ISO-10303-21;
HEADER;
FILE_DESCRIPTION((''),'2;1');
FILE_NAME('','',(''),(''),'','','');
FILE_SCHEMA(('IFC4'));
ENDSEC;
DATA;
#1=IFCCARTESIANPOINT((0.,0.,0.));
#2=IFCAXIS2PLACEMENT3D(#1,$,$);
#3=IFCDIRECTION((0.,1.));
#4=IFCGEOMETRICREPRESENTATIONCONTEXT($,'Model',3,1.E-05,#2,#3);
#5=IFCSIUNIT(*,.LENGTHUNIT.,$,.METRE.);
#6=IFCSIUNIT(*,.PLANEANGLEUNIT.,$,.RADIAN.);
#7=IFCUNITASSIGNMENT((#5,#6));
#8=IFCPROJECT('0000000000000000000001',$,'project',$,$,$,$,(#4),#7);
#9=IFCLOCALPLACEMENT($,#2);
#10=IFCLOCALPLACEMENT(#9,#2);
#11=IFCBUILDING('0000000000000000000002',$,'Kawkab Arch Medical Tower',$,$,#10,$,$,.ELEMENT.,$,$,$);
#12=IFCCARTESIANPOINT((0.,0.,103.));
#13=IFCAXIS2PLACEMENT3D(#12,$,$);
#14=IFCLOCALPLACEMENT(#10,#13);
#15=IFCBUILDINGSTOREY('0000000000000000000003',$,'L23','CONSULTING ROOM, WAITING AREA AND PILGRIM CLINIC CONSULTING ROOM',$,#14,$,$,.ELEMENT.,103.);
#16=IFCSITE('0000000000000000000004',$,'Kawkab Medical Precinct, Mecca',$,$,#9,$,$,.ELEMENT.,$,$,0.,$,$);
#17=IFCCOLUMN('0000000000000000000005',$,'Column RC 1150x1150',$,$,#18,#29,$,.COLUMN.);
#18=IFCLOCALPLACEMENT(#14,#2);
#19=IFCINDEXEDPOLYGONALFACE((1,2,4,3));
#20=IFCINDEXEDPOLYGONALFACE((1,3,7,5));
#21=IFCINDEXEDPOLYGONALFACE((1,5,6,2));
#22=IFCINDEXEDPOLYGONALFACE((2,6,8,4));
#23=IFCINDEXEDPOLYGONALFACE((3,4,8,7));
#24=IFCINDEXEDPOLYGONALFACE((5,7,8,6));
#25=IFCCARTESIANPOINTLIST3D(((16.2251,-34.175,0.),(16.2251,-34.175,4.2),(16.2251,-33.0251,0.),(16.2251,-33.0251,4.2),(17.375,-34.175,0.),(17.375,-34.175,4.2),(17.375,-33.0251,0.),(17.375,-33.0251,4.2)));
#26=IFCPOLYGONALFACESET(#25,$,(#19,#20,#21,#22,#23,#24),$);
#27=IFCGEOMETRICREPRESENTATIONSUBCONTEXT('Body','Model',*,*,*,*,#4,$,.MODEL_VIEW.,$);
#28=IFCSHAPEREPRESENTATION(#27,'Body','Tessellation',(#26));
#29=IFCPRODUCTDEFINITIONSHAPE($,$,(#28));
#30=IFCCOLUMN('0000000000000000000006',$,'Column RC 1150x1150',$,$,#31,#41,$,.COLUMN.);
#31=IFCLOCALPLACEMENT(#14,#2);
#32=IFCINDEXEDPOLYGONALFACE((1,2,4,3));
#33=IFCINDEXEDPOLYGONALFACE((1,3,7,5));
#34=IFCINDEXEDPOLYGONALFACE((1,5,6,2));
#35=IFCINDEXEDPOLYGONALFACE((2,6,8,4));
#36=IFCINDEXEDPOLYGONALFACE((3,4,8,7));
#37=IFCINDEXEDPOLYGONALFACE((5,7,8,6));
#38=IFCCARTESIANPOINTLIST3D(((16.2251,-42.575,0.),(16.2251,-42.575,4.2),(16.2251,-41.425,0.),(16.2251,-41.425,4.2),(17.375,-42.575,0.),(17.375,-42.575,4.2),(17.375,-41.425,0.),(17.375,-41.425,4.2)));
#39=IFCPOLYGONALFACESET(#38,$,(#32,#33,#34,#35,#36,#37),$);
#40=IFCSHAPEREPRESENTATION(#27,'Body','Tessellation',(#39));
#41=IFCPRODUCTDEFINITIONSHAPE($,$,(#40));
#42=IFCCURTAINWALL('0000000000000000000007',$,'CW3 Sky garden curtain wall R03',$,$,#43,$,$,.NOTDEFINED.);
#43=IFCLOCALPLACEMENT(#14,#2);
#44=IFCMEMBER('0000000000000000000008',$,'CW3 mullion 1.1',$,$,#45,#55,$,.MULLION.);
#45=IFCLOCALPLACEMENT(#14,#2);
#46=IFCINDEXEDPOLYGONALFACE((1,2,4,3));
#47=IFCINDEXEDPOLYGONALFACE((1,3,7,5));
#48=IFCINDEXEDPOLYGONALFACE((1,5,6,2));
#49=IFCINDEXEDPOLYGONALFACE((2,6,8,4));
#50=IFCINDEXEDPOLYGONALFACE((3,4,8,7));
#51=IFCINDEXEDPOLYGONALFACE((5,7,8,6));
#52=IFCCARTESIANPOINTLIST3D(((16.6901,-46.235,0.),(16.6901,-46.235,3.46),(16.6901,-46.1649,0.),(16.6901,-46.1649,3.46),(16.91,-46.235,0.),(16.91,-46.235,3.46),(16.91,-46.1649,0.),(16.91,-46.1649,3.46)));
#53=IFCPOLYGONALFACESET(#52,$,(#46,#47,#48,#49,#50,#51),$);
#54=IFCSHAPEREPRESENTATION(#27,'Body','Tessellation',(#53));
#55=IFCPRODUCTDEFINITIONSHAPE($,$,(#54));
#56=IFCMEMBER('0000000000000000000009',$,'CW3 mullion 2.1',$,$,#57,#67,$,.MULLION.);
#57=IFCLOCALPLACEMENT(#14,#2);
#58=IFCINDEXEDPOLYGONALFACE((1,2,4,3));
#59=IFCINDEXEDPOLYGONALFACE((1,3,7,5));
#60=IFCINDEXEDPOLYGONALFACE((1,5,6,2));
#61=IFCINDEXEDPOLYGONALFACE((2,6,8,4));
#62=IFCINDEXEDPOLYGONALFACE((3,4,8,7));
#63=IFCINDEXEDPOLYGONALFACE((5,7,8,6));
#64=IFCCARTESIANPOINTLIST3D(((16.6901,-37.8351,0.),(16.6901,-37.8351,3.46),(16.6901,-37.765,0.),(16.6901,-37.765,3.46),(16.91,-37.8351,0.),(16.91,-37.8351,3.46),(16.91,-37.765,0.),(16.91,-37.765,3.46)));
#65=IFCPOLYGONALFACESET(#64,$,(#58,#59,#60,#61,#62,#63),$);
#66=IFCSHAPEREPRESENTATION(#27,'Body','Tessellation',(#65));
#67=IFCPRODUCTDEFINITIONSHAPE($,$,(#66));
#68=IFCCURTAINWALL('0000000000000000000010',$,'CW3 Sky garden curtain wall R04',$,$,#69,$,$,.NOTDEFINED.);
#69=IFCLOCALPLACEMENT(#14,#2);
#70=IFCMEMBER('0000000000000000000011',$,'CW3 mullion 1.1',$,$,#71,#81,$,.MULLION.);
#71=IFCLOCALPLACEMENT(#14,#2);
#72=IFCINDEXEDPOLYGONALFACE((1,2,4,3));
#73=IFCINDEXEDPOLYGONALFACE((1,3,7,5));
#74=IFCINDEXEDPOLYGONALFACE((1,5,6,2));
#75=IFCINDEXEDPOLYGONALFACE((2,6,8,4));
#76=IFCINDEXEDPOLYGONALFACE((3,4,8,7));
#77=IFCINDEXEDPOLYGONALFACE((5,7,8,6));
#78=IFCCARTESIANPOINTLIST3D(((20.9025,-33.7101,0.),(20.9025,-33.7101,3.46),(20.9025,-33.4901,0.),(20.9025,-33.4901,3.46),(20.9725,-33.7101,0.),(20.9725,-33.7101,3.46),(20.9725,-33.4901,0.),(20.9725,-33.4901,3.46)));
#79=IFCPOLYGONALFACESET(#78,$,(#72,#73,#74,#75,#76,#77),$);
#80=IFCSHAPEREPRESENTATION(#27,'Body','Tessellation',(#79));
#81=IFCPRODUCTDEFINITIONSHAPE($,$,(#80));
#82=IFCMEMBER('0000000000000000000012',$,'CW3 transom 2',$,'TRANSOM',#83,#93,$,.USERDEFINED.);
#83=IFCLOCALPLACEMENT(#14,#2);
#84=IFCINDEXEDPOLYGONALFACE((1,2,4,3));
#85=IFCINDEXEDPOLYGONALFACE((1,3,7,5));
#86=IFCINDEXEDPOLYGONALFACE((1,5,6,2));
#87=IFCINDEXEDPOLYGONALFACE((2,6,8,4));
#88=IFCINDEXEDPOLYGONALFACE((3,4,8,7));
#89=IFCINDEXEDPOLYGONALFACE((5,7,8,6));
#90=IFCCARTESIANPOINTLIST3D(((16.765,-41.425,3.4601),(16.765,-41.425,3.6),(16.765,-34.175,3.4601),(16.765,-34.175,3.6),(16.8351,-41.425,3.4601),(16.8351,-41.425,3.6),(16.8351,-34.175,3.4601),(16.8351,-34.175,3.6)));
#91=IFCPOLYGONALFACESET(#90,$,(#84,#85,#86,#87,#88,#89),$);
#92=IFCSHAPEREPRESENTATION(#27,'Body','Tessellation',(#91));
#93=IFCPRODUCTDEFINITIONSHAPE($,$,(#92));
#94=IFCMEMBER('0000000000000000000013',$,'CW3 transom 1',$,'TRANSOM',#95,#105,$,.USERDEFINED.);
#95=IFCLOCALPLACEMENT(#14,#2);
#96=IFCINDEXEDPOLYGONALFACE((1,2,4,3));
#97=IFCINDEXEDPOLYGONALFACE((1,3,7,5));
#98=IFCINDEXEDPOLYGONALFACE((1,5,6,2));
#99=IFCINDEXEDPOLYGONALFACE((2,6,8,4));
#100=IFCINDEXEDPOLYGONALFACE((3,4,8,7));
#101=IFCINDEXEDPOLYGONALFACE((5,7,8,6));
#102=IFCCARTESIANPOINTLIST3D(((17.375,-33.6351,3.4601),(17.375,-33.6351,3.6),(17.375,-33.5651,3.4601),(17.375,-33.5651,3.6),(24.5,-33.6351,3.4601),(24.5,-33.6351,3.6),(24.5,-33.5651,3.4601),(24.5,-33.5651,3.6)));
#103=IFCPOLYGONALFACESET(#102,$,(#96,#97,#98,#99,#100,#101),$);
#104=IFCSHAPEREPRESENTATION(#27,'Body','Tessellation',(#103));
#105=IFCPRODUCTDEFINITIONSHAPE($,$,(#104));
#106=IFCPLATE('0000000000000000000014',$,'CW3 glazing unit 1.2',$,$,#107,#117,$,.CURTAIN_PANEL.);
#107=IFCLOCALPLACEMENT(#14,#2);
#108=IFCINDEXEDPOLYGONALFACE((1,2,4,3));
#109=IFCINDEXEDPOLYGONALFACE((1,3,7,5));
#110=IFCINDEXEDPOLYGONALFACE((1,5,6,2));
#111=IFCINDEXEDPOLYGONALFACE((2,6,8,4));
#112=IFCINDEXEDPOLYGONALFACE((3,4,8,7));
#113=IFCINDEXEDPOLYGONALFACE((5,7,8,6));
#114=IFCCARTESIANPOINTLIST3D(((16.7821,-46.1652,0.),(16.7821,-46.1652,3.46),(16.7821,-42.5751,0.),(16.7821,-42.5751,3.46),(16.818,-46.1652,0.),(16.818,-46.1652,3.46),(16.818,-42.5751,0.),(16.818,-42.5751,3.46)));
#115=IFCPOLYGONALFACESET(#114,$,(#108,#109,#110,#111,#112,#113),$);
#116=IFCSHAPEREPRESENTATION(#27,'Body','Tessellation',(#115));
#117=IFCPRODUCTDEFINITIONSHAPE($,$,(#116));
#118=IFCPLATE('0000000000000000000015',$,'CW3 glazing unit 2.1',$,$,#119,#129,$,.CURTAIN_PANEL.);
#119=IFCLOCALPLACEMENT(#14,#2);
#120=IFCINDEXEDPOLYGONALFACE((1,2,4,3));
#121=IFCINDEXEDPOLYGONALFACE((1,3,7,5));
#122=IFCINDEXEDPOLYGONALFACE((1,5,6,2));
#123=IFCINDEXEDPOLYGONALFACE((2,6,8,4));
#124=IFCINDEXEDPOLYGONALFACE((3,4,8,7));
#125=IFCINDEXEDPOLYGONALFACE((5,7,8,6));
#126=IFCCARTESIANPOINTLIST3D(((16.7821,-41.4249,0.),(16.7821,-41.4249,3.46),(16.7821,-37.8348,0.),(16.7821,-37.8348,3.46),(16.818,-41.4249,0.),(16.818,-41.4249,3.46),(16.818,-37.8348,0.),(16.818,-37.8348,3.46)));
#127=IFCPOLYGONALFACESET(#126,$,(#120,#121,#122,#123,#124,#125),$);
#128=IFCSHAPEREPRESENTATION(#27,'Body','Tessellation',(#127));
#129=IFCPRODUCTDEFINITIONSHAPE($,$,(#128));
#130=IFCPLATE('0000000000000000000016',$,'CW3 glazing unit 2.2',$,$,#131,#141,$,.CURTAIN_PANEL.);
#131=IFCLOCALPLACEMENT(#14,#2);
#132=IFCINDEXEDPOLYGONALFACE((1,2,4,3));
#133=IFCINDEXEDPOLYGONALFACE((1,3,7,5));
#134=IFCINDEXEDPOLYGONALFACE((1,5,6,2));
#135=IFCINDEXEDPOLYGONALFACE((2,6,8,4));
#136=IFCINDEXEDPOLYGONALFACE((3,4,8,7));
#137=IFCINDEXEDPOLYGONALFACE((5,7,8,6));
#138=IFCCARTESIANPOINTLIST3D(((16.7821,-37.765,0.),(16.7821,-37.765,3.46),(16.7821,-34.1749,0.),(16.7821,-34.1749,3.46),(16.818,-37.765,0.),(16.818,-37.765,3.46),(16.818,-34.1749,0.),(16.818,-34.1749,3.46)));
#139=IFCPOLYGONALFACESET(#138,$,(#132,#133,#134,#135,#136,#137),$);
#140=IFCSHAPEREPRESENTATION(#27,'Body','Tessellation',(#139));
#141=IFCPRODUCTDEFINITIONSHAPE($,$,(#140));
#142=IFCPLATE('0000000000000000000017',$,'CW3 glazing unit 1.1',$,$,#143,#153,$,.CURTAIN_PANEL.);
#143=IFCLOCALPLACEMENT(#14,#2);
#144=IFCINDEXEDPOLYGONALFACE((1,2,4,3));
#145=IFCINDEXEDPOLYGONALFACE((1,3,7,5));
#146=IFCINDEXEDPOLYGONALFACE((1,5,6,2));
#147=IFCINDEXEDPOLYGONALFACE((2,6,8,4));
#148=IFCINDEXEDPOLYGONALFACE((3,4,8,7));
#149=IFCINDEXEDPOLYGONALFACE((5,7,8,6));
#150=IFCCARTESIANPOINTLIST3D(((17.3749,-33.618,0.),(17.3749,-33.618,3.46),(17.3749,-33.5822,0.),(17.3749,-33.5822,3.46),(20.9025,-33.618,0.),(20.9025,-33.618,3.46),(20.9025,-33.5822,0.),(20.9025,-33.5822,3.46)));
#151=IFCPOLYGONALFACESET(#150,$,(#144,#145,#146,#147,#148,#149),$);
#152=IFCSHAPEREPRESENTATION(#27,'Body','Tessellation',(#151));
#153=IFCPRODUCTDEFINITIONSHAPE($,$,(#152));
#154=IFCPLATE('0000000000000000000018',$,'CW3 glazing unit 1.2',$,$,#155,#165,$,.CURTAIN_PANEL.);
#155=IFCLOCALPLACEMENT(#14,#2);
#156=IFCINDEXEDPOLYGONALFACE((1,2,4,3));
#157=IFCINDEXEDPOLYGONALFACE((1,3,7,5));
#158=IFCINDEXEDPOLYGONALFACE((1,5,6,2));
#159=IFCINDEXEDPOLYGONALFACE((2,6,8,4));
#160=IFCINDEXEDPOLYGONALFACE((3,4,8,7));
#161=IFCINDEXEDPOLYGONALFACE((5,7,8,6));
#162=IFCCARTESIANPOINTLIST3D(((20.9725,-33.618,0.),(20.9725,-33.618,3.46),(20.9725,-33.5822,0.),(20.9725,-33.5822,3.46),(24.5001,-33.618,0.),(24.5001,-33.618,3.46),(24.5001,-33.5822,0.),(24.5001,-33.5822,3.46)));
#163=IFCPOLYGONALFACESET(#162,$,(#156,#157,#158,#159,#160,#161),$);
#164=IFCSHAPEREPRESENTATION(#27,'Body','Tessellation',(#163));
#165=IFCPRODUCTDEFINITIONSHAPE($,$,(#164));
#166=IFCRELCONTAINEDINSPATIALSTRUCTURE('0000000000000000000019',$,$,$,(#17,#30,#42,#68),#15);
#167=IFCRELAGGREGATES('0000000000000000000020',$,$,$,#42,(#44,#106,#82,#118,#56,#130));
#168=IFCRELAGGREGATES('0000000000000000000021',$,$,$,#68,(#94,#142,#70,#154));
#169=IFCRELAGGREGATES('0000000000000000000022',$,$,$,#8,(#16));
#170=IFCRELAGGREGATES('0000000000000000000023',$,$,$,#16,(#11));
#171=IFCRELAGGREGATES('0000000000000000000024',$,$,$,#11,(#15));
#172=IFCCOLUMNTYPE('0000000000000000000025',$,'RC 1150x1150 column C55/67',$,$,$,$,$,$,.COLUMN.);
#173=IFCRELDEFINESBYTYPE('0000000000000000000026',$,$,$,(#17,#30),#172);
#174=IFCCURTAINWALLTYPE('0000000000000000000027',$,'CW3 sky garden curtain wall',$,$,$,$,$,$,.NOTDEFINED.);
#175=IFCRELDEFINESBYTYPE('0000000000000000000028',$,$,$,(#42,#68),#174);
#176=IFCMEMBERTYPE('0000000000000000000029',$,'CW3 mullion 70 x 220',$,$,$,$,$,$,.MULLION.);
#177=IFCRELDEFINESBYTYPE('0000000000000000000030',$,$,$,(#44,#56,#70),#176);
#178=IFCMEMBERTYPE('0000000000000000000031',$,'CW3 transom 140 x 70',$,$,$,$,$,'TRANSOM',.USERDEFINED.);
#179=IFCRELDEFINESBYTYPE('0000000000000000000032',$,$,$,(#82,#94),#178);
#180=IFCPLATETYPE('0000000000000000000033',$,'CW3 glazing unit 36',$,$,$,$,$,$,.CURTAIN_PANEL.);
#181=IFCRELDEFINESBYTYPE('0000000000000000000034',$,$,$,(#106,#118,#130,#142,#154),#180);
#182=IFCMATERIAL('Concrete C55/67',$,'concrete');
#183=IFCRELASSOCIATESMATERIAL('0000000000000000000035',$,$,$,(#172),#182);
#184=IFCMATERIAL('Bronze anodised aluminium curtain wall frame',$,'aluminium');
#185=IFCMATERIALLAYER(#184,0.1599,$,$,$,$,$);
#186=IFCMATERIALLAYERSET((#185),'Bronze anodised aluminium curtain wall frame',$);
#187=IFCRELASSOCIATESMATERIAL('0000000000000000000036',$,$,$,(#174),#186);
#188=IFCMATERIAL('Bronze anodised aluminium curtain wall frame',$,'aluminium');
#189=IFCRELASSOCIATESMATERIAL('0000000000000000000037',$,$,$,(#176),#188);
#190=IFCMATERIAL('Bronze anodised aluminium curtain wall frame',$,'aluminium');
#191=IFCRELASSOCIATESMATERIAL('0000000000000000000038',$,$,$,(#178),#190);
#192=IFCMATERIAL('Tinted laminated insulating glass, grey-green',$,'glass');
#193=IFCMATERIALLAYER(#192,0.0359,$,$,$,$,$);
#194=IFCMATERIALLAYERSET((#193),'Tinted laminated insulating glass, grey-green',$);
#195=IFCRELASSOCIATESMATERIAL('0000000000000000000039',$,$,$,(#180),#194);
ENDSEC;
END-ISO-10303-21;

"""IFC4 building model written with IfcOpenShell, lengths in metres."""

from ifc_helpers import new_model, si_unit, direction, frame, origin, origin_2d, place, context, subcontext, project, spatial, rectangle, extrude, material, layer, layer_set, material_profile, profile_set, type_object, element, aggregate, save


model = new_model("IFC4")

# Units and contexts
model_context = context("Model", 3, precision=1e-05, world=origin(), true_north=direction((0.0, 1.0)))
body_context = subcontext(model_context, "Body", "Model", "MODEL_VIEW")
ifc_project = project(units=[si_unit("LENGTHUNIT", "METRE"), si_unit("PLANEANGLEUNIT", "RADIAN")], contexts=[model_context])

# Site, building, storey
site_placement = place(None, origin())
site = spatial("IfcSite", under=ifc_project, at=site_placement, Name="Kawkab Medical Precinct, Mecca", CompositionType="ELEMENT", RefElevation=0.0)
building_placement = place(site_placement, origin())
building = spatial("IfcBuilding", under=site, at=building_placement, Name="Kawkab Arch Medical Tower", CompositionType="ELEMENT")
storey_placement = place(building_placement, frame((0.0, 0.0, 103.0)))
storey = spatial("IfcBuildingStorey", under=building, at=storey_placement, Name="L23", Description="CONSULTING ROOM, WAITING AREA AND PILGRIM CLINIC CONSULTING ROOM", CompositionType="ELEMENT", Elevation=103.0)

# Columns
ifc_material_1 = material(Name="Concrete C55/67", Category="concrete")
ifc_material_profile_1 = material_profile(ifc_material_1, rectangle(XDim=1.1499, YDim=1.1499, at=origin_2d()), Name="RC 1150x1150")
ifc_profile_set_1 = profile_set([ifc_material_profile_1], Name="Concrete C55/67")
column_type = type_object("IfcColumnType", Name="RC 1150x1150 column C55/67", PredefinedType="COLUMN", material=ifc_profile_set_1)
for number, where, z_axis, x_axis, name in (
    (1, (16.8, -33.6001, 0.0), (0.0, 0.0, 1.0), (1.0, 0.0, 0.0), "Column RC 1150x1150"),
    (2, (16.8, -42.0, 0.0), (0.0, 0.0, 1.0), (1.0, 0.0, 0.0), "Column RC 1150x1150"),
):
    element("IfcColumn", number, at=place(storey_placement, frame(where, z_axis=z_axis, x_axis=x_axis)), inside=storey, type_object=column_type, Name=name, PredefinedType="COLUMN", context=body_context, shape_type="SweptSolid", body=[
        extrude(rectangle(XDim=1.1499, YDim=1.1499, at=origin_2d()), origin(), (0.0, 0.0, 1.0), 4.2),
    ])

# Curtain wall, members
ifc_material_2 = material(Name="Bronze anodised aluminium curtain wall frame", Category="aluminium")
ifc_layer_1 = layer(ifc_material_2, 0.1599)
ifc_layer_set_1 = layer_set([ifc_layer_1], Name="Bronze anodised aluminium curtain wall frame")
curtain_wall_type = type_object("IfcCurtainWallType", Name="CW3 sky garden curtain wall", PredefinedType="NOTDEFINED", material=ifc_layer_set_1)
placement = place(storey_placement, origin())
curtain_wall_1 = element("IfcCurtainWall", 3, at=placement, inside=storey, type_object=curtain_wall_type, Name="CW3 Sky garden curtain wall R03", PredefinedType="NOTDEFINED")
ifc_material_3 = material(Name="Bronze anodised aluminium curtain wall frame", Category="aluminium")
ifc_material_profile_2 = material_profile(ifc_material_3, rectangle(XDim=0.22, YDim=0.0701, at=origin_2d()), Name="AL 70x220")
ifc_profile_set_2 = profile_set([ifc_material_profile_2], Name="Bronze anodised aluminium curtain wall frame")
member_type_1 = type_object("IfcMemberType", Name="CW3 mullion 70 x 220", PredefinedType="MULLION", material=ifc_profile_set_2)
member_1_placement = place(storey_placement, frame((16.8, -46.2, 0.0), z_axis=(0.0, 0.0, 1.0), x_axis=(-1.0, 0.0, 0.0)))
member_1 = element("IfcMember", 4, at=member_1_placement, type_object=member_type_1, Name="CW3 mullion 1.1", PredefinedType="MULLION", context=body_context, shape_type="SweptSolid", body=[
    extrude(rectangle(XDim=0.22, YDim=0.0701, at=origin_2d()), origin(), (0.0, 0.0, 1.0), 3.46),
])
member_2_placement = place(storey_placement, frame((16.8, -37.8, 0.0), z_axis=(0.0, 0.0, 1.0), x_axis=(-1.0, 0.0, 0.0)))
member_2 = element("IfcMember", 5, at=member_2_placement, type_object=member_type_1, Name="CW3 mullion 2.1", PredefinedType="MULLION", context=body_context, shape_type="SweptSolid", body=[
    extrude(rectangle(XDim=0.22, YDim=0.0701, at=origin_2d()), origin(), (0.0, 0.0, 1.0), 3.46),
])

# Curtain wall, member
curtain_wall_2 = element("IfcCurtainWall", 6, at=placement, inside=storey, type_object=curtain_wall_type, Name="CW3 Sky garden curtain wall R04", PredefinedType="NOTDEFINED")
member_3_placement = place(storey_placement, frame((20.9375, -33.6001, 0.0), z_axis=(0.0, 0.0, 1.0), x_axis=(0.0, 1.0, 0.0)))
member_3 = element("IfcMember", 7, at=member_3_placement, type_object=member_type_1, Name="CW3 mullion 1.1", PredefinedType="MULLION", context=body_context, shape_type="SweptSolid", body=[
    extrude(rectangle(XDim=0.22, YDim=0.0701, at=origin_2d()), origin(), (0.0, 0.0, 1.0), 3.46),
])

# Members
ifc_material_4 = material(Name="Bronze anodised aluminium curtain wall frame", Category="aluminium")
ifc_material_profile_3 = material_profile(ifc_material_4, rectangle(XDim=0.0701, YDim=0.1399, at=origin_2d()), Name="AL 70x140")
ifc_profile_set_3 = profile_set([ifc_material_profile_3], Name="Bronze anodised aluminium curtain wall frame")
member_type_2 = type_object("IfcMemberType", Name="CW3 transom 140 x 70", ElementType="TRANSOM", PredefinedType="USERDEFINED", material=ifc_profile_set_3)
member_4_placement = place(storey_placement, frame((16.8, -41.425, 3.53), z_axis=(0.0, 1.0, 0.0), x_axis=(-1.0, 0.0, 0.0)))
member_4 = element("IfcMember", 8, at=member_4_placement, type_object=member_type_2, Name="CW3 transom 2", ObjectType="TRANSOM", PredefinedType="USERDEFINED", context=body_context, shape_type="SweptSolid", body=[
    extrude(rectangle(XDim=0.0701, YDim=0.1399, at=origin_2d()), origin(), (0.0, 0.0, 1.0), 7.25),
])
member_5_placement = place(storey_placement, frame((17.375, -33.6001, 3.53), z_axis=(1.0, 0.0, 0.0), x_axis=(0.0, 1.0, 0.0)))
member_5 = element("IfcMember", 9, at=member_5_placement, type_object=member_type_2, Name="CW3 transom 1", ObjectType="TRANSOM", PredefinedType="USERDEFINED", context=body_context, shape_type="SweptSolid", body=[
    extrude(rectangle(XDim=0.0701, YDim=0.1399, at=origin_2d()), origin(), (0.0, 0.0, 1.0), 7.125),
])

# Plates
ifc_material_5 = material(Name="Tinted laminated insulating glass, grey-green", Category="glass")
ifc_layer_2 = layer(ifc_material_5, 0.0359)
ifc_layer_set_2 = layer_set([ifc_layer_2], Name="Tinted laminated insulating glass, grey-green")
plate_type = type_object("IfcPlateType", Name="CW3 glazing unit 36", PredefinedType="CURTAIN_PANEL", material=ifc_layer_set_2)
plate_1_placement = place(storey_placement, frame((16.8, -44.3701, 0.0), z_axis=(0.0, 0.0, 1.0), x_axis=(0.0, 1.0, 0.0)))
plate_1 = element("IfcPlate", 10, at=plate_1_placement, type_object=plate_type, Name="CW3 glazing unit 1.2", PredefinedType="CURTAIN_PANEL", context=body_context, shape_type="SweptSolid", body=[
    extrude(rectangle(XDim=3.5901, YDim=0.0359, at=origin_2d()), origin(), (0.0, 0.0, 1.0), 3.46),
])
plate_2_placement = place(storey_placement, frame((16.8, -39.6299, 0.0), z_axis=(0.0, 0.0, 1.0), x_axis=(0.0, 1.0, 0.0)))
plate_2 = element("IfcPlate", 11, at=plate_2_placement, type_object=plate_type, Name="CW3 glazing unit 2.1", PredefinedType="CURTAIN_PANEL", context=body_context, shape_type="SweptSolid", body=[
    extrude(rectangle(XDim=3.5901, YDim=0.0359, at=origin_2d()), origin(), (0.0, 0.0, 1.0), 3.46),
])
plate_3_placement = place(storey_placement, frame((16.8, -35.97, 0.0), z_axis=(0.0, 0.0, 1.0), x_axis=(0.0, 1.0, 0.0)))
plate_3 = element("IfcPlate", 12, at=plate_3_placement, type_object=plate_type, Name="CW3 glazing unit 2.2", PredefinedType="CURTAIN_PANEL", context=body_context, shape_type="SweptSolid", body=[
    extrude(rectangle(XDim=3.5901, YDim=0.0359, at=origin_2d()), origin(), (0.0, 0.0, 1.0), 3.46),
])
aggregate(curtain_wall_1, [member_1, plate_1, member_4, plate_2, member_2, plate_3])
plate_4_placement = place(storey_placement, frame((19.1387, -33.6001, 0.0), z_axis=(0.0, 0.0, 1.0), x_axis=(1.0, 0.0, 0.0)))
plate_4 = element("IfcPlate", 13, at=plate_4_placement, type_object=plate_type, Name="CW3 glazing unit 1.1", PredefinedType="CURTAIN_PANEL", context=body_context, shape_type="SweptSolid", body=[
    extrude(rectangle(XDim=3.5276, YDim=0.0359, at=origin_2d()), origin(), (0.0, 0.0, 1.0), 3.46),
])
plate_5_placement = place(storey_placement, frame((22.7363, -33.6001, 0.0), z_axis=(0.0, 0.0, 1.0), x_axis=(1.0, 0.0, 0.0)))
plate_5 = element("IfcPlate", 14, at=plate_5_placement, type_object=plate_type, Name="CW3 glazing unit 1.2", PredefinedType="CURTAIN_PANEL", context=body_context, shape_type="SweptSolid", body=[
    extrude(rectangle(XDim=3.5276, YDim=0.0359, at=origin_2d()), origin(), (0.0, 0.0, 1.0), 3.46),
])
aggregate(curtain_wall_2, [member_5, plate_4, member_3, plate_5])

save(model, "model.ifc")
